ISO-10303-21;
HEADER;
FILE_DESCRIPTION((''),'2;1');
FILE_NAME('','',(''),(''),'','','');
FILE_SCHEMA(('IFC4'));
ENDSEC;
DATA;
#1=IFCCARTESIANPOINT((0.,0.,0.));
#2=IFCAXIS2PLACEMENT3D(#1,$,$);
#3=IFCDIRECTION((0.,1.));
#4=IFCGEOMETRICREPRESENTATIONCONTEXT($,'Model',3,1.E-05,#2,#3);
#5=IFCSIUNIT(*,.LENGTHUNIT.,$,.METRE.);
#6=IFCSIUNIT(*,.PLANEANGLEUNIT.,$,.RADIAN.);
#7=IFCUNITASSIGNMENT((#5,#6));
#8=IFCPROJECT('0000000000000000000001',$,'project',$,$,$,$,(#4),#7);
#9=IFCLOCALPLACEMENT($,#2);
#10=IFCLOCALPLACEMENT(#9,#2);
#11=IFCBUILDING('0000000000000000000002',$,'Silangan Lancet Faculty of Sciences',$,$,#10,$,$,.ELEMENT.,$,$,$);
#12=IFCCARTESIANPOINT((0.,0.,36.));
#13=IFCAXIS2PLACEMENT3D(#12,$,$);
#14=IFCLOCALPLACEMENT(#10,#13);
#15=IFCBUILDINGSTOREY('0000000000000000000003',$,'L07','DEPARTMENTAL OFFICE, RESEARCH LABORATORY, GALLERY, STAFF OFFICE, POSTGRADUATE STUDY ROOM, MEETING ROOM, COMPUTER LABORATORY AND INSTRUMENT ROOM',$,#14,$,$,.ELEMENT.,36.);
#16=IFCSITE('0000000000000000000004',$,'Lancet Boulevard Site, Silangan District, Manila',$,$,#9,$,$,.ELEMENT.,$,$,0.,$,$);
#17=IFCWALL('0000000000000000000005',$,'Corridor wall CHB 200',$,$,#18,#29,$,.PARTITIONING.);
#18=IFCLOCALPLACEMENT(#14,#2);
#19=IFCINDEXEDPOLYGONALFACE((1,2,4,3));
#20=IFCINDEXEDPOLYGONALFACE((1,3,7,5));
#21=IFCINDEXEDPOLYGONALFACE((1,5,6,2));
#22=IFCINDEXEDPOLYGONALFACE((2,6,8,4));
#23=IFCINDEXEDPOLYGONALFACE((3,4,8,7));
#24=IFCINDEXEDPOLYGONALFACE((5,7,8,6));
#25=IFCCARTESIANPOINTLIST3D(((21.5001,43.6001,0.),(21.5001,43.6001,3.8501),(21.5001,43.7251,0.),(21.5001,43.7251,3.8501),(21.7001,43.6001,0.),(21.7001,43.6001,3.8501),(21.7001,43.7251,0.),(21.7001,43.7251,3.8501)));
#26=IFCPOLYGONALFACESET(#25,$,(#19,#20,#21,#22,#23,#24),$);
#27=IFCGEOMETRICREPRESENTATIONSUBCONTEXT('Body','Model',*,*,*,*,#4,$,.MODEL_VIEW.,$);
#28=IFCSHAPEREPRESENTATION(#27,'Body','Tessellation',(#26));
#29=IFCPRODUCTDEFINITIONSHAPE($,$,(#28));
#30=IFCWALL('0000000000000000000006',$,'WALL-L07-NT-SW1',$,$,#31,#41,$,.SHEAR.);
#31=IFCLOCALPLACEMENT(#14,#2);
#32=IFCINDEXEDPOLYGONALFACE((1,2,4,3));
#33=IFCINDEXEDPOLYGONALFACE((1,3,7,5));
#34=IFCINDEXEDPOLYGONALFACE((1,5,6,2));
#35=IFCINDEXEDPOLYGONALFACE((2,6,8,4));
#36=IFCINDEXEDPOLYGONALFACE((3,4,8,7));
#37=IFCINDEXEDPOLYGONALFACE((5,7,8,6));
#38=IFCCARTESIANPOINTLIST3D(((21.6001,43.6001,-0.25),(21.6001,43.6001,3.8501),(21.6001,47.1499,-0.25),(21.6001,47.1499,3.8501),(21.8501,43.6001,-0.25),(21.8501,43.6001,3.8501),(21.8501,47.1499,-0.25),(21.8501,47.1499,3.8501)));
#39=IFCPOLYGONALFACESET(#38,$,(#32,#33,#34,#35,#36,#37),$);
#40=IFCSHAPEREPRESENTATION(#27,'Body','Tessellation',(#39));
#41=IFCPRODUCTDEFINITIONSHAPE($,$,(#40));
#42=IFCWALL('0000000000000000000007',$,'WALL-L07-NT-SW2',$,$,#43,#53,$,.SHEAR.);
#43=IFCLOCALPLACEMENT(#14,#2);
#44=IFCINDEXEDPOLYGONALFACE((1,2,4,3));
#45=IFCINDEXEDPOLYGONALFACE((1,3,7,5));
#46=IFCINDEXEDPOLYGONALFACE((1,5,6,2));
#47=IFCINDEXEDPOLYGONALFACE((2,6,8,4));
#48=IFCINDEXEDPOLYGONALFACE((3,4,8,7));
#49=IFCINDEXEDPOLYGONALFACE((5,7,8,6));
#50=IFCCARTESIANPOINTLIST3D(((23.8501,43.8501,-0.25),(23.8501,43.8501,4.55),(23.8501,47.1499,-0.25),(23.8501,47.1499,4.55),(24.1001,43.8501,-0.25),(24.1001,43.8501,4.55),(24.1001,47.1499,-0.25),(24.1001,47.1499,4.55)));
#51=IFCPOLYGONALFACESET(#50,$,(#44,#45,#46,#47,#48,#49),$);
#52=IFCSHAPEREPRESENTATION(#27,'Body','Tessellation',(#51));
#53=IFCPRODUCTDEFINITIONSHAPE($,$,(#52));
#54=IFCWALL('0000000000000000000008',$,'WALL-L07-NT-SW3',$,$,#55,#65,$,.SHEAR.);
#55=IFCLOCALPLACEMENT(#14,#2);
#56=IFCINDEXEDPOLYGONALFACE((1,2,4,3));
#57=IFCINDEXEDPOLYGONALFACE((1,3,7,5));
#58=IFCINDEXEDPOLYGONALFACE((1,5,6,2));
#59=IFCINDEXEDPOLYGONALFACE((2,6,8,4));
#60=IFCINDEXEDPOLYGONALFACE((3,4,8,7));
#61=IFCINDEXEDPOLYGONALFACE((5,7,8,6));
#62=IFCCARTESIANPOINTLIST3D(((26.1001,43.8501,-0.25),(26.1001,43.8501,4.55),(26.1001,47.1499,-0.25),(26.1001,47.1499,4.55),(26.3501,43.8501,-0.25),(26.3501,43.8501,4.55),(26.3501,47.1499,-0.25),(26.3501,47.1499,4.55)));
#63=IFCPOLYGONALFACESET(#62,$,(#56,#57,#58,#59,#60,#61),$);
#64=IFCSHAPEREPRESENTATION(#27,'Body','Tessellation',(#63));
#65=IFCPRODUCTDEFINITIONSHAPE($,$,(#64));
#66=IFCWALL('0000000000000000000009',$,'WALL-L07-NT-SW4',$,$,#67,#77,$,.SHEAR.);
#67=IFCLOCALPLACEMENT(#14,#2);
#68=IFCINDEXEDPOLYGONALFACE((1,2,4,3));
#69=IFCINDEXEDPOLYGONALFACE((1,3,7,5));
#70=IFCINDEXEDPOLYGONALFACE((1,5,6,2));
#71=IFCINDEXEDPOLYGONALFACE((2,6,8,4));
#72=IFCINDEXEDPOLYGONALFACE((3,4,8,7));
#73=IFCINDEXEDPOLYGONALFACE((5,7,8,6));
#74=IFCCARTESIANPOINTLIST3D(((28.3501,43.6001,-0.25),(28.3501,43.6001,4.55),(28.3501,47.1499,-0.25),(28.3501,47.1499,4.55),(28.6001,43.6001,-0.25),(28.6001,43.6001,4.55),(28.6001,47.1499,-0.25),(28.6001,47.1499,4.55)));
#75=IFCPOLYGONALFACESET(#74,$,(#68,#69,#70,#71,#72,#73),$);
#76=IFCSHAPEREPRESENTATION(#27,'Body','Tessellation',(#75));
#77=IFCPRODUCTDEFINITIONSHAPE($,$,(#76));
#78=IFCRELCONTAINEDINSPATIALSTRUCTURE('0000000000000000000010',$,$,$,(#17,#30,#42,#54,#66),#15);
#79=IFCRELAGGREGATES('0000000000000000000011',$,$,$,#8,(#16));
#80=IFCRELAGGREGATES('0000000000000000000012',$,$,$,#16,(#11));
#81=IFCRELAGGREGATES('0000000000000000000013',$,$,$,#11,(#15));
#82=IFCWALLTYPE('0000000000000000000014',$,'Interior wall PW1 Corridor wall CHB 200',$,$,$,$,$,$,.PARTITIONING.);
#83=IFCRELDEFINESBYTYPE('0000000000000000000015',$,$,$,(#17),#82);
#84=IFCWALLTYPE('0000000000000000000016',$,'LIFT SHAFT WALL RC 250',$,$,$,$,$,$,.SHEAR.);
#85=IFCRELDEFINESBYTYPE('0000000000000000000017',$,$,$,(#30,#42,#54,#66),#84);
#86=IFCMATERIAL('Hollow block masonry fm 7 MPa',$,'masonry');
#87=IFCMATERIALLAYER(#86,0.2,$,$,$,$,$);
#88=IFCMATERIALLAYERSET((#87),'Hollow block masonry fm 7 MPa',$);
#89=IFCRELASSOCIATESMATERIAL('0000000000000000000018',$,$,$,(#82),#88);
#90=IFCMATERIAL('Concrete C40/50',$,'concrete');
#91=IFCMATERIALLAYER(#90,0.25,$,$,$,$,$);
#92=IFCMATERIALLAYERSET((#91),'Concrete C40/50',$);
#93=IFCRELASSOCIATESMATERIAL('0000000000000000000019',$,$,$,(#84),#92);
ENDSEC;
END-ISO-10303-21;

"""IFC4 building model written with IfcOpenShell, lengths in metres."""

from ifc_helpers import new_model, si_unit, direction, frame, frame_2d, origin, place, context, subcontext, project, spatial, rectangle, extrude, material, layer, layer_set, type_object, element, save


model = new_model("IFC4")

# Units and contexts
model_context = context("Model", 3, precision=1e-05, world=origin(), true_north=direction((0.0, 1.0)))
body_context = subcontext(model_context, "Body", "Model", "MODEL_VIEW")
ifc_project = project(units=[si_unit("LENGTHUNIT", "METRE"), si_unit("PLANEANGLEUNIT", "RADIAN")], contexts=[model_context])

# Site, building, storey
site_placement = place(None, origin())
site = spatial("IfcSite", under=ifc_project, at=site_placement, Name="Lancet Boulevard Site, Silangan District, Manila", CompositionType="ELEMENT", RefElevation=0.0)
building_placement = place(site_placement, origin())
building = spatial("IfcBuilding", under=site, at=building_placement, Name="Silangan Lancet Faculty of Sciences", CompositionType="ELEMENT")
storey_placement = place(building_placement, frame((0.0, 0.0, 36.0)))
storey = spatial("IfcBuildingStorey", under=building, at=storey_placement, Name="L07", Description="DEPARTMENTAL OFFICE, RESEARCH LABORATORY, GALLERY, STAFF OFFICE, POSTGRADUATE STUDY ROOM, MEETING ROOM, COMPUTER LABORATORY AND INSTRUMENT ROOM", CompositionType="ELEMENT", Elevation=36.0)

# Shared definitions
ifc_material_1 = material(Name="Hollow block masonry fm 7 MPa", Category="masonry")
ifc_layer_1 = layer(ifc_material_1, 0.2)
ifc_layer_set_1 = layer_set([ifc_layer_1], Name="Hollow block masonry fm 7 MPa")
wall_type_1 = type_object("IfcWallType", Name="Interior wall PW1 Corridor wall CHB 200", PredefinedType="PARTITIONING", material=ifc_layer_set_1)

# Walls
wall_1_placement = place(storey_placement, frame((21.6001, 43.6001, 0.0), z_axis=(0.0, 0.0, 1.0), x_axis=(0.0, 1.0, 0.0)))
element("IfcWall", 1, at=wall_1_placement, inside=storey, type_object=wall_type_1, Name="Corridor wall CHB 200", PredefinedType="PARTITIONING", context=body_context, shape_type="SweptSolid", body=[
    extrude(rectangle(XDim=0.125, YDim=0.2, at=frame_2d((0.0625, 0.0))), origin(), (0.0, 0.0, 1.0), 3.8501),
])
ifc_material_2 = material(Name="Concrete C40/50", Category="concrete")
ifc_layer_2 = layer(ifc_material_2, 0.25)
ifc_layer_set_2 = layer_set([ifc_layer_2], Name="Concrete C40/50")
wall_type_2 = type_object("IfcWallType", Name="LIFT SHAFT WALL RC 250", PredefinedType="SHEAR", material=ifc_layer_set_2)
wall_2_placement = place(storey_placement, frame((21.7251, 43.6001, -0.25), z_axis=(0.0, 0.0, 1.0), x_axis=(0.0, 1.0, 0.0)))
element("IfcWall", 2, at=wall_2_placement, inside=storey, type_object=wall_type_2, Name="WALL-L07-NT-SW1", PredefinedType="SHEAR", context=body_context, shape_type="SweptSolid", body=[
    extrude(rectangle(XDim=3.5498, YDim=0.25, at=frame_2d((1.7749, 0.0))), origin(), (0.0, 0.0, 1.0), 4.1001),
])
for number, where, z_axis, x_axis, name in (
    (3, (23.9751, 43.8501, -0.25), (0.0, 0.0, 1.0), (0.0, 1.0, 0.0), "WALL-L07-NT-SW2"),
    (4, (26.2251, 43.8501, -0.25), (0.0, 0.0, 1.0), (0.0, 1.0, 0.0), "WALL-L07-NT-SW3"),
):
    element("IfcWall", number, at=place(storey_placement, frame(where, z_axis=z_axis, x_axis=x_axis)), inside=storey, type_object=wall_type_2, Name=name, PredefinedType="SHEAR", context=body_context, shape_type="SweptSolid", body=[
        extrude(rectangle(XDim=3.2998, YDim=0.25, at=frame_2d((1.6499, 0.0))), origin(), (0.0, 0.0, 1.0), 4.8),
    ])
wall_3_placement = place(storey_placement, frame((28.4751, 43.6001, -0.25), z_axis=(0.0, 0.0, 1.0), x_axis=(0.0, 1.0, 0.0)))
element("IfcWall", 5, at=wall_3_placement, inside=storey, type_object=wall_type_2, Name="WALL-L07-NT-SW4", PredefinedType="SHEAR", context=body_context, shape_type="SweptSolid", body=[
    extrude(rectangle(XDim=3.5498, YDim=0.25, at=frame_2d((1.7749, 0.0))), origin(), (0.0, 0.0, 1.0), 4.8),
])

save(model, "model.ifc")
